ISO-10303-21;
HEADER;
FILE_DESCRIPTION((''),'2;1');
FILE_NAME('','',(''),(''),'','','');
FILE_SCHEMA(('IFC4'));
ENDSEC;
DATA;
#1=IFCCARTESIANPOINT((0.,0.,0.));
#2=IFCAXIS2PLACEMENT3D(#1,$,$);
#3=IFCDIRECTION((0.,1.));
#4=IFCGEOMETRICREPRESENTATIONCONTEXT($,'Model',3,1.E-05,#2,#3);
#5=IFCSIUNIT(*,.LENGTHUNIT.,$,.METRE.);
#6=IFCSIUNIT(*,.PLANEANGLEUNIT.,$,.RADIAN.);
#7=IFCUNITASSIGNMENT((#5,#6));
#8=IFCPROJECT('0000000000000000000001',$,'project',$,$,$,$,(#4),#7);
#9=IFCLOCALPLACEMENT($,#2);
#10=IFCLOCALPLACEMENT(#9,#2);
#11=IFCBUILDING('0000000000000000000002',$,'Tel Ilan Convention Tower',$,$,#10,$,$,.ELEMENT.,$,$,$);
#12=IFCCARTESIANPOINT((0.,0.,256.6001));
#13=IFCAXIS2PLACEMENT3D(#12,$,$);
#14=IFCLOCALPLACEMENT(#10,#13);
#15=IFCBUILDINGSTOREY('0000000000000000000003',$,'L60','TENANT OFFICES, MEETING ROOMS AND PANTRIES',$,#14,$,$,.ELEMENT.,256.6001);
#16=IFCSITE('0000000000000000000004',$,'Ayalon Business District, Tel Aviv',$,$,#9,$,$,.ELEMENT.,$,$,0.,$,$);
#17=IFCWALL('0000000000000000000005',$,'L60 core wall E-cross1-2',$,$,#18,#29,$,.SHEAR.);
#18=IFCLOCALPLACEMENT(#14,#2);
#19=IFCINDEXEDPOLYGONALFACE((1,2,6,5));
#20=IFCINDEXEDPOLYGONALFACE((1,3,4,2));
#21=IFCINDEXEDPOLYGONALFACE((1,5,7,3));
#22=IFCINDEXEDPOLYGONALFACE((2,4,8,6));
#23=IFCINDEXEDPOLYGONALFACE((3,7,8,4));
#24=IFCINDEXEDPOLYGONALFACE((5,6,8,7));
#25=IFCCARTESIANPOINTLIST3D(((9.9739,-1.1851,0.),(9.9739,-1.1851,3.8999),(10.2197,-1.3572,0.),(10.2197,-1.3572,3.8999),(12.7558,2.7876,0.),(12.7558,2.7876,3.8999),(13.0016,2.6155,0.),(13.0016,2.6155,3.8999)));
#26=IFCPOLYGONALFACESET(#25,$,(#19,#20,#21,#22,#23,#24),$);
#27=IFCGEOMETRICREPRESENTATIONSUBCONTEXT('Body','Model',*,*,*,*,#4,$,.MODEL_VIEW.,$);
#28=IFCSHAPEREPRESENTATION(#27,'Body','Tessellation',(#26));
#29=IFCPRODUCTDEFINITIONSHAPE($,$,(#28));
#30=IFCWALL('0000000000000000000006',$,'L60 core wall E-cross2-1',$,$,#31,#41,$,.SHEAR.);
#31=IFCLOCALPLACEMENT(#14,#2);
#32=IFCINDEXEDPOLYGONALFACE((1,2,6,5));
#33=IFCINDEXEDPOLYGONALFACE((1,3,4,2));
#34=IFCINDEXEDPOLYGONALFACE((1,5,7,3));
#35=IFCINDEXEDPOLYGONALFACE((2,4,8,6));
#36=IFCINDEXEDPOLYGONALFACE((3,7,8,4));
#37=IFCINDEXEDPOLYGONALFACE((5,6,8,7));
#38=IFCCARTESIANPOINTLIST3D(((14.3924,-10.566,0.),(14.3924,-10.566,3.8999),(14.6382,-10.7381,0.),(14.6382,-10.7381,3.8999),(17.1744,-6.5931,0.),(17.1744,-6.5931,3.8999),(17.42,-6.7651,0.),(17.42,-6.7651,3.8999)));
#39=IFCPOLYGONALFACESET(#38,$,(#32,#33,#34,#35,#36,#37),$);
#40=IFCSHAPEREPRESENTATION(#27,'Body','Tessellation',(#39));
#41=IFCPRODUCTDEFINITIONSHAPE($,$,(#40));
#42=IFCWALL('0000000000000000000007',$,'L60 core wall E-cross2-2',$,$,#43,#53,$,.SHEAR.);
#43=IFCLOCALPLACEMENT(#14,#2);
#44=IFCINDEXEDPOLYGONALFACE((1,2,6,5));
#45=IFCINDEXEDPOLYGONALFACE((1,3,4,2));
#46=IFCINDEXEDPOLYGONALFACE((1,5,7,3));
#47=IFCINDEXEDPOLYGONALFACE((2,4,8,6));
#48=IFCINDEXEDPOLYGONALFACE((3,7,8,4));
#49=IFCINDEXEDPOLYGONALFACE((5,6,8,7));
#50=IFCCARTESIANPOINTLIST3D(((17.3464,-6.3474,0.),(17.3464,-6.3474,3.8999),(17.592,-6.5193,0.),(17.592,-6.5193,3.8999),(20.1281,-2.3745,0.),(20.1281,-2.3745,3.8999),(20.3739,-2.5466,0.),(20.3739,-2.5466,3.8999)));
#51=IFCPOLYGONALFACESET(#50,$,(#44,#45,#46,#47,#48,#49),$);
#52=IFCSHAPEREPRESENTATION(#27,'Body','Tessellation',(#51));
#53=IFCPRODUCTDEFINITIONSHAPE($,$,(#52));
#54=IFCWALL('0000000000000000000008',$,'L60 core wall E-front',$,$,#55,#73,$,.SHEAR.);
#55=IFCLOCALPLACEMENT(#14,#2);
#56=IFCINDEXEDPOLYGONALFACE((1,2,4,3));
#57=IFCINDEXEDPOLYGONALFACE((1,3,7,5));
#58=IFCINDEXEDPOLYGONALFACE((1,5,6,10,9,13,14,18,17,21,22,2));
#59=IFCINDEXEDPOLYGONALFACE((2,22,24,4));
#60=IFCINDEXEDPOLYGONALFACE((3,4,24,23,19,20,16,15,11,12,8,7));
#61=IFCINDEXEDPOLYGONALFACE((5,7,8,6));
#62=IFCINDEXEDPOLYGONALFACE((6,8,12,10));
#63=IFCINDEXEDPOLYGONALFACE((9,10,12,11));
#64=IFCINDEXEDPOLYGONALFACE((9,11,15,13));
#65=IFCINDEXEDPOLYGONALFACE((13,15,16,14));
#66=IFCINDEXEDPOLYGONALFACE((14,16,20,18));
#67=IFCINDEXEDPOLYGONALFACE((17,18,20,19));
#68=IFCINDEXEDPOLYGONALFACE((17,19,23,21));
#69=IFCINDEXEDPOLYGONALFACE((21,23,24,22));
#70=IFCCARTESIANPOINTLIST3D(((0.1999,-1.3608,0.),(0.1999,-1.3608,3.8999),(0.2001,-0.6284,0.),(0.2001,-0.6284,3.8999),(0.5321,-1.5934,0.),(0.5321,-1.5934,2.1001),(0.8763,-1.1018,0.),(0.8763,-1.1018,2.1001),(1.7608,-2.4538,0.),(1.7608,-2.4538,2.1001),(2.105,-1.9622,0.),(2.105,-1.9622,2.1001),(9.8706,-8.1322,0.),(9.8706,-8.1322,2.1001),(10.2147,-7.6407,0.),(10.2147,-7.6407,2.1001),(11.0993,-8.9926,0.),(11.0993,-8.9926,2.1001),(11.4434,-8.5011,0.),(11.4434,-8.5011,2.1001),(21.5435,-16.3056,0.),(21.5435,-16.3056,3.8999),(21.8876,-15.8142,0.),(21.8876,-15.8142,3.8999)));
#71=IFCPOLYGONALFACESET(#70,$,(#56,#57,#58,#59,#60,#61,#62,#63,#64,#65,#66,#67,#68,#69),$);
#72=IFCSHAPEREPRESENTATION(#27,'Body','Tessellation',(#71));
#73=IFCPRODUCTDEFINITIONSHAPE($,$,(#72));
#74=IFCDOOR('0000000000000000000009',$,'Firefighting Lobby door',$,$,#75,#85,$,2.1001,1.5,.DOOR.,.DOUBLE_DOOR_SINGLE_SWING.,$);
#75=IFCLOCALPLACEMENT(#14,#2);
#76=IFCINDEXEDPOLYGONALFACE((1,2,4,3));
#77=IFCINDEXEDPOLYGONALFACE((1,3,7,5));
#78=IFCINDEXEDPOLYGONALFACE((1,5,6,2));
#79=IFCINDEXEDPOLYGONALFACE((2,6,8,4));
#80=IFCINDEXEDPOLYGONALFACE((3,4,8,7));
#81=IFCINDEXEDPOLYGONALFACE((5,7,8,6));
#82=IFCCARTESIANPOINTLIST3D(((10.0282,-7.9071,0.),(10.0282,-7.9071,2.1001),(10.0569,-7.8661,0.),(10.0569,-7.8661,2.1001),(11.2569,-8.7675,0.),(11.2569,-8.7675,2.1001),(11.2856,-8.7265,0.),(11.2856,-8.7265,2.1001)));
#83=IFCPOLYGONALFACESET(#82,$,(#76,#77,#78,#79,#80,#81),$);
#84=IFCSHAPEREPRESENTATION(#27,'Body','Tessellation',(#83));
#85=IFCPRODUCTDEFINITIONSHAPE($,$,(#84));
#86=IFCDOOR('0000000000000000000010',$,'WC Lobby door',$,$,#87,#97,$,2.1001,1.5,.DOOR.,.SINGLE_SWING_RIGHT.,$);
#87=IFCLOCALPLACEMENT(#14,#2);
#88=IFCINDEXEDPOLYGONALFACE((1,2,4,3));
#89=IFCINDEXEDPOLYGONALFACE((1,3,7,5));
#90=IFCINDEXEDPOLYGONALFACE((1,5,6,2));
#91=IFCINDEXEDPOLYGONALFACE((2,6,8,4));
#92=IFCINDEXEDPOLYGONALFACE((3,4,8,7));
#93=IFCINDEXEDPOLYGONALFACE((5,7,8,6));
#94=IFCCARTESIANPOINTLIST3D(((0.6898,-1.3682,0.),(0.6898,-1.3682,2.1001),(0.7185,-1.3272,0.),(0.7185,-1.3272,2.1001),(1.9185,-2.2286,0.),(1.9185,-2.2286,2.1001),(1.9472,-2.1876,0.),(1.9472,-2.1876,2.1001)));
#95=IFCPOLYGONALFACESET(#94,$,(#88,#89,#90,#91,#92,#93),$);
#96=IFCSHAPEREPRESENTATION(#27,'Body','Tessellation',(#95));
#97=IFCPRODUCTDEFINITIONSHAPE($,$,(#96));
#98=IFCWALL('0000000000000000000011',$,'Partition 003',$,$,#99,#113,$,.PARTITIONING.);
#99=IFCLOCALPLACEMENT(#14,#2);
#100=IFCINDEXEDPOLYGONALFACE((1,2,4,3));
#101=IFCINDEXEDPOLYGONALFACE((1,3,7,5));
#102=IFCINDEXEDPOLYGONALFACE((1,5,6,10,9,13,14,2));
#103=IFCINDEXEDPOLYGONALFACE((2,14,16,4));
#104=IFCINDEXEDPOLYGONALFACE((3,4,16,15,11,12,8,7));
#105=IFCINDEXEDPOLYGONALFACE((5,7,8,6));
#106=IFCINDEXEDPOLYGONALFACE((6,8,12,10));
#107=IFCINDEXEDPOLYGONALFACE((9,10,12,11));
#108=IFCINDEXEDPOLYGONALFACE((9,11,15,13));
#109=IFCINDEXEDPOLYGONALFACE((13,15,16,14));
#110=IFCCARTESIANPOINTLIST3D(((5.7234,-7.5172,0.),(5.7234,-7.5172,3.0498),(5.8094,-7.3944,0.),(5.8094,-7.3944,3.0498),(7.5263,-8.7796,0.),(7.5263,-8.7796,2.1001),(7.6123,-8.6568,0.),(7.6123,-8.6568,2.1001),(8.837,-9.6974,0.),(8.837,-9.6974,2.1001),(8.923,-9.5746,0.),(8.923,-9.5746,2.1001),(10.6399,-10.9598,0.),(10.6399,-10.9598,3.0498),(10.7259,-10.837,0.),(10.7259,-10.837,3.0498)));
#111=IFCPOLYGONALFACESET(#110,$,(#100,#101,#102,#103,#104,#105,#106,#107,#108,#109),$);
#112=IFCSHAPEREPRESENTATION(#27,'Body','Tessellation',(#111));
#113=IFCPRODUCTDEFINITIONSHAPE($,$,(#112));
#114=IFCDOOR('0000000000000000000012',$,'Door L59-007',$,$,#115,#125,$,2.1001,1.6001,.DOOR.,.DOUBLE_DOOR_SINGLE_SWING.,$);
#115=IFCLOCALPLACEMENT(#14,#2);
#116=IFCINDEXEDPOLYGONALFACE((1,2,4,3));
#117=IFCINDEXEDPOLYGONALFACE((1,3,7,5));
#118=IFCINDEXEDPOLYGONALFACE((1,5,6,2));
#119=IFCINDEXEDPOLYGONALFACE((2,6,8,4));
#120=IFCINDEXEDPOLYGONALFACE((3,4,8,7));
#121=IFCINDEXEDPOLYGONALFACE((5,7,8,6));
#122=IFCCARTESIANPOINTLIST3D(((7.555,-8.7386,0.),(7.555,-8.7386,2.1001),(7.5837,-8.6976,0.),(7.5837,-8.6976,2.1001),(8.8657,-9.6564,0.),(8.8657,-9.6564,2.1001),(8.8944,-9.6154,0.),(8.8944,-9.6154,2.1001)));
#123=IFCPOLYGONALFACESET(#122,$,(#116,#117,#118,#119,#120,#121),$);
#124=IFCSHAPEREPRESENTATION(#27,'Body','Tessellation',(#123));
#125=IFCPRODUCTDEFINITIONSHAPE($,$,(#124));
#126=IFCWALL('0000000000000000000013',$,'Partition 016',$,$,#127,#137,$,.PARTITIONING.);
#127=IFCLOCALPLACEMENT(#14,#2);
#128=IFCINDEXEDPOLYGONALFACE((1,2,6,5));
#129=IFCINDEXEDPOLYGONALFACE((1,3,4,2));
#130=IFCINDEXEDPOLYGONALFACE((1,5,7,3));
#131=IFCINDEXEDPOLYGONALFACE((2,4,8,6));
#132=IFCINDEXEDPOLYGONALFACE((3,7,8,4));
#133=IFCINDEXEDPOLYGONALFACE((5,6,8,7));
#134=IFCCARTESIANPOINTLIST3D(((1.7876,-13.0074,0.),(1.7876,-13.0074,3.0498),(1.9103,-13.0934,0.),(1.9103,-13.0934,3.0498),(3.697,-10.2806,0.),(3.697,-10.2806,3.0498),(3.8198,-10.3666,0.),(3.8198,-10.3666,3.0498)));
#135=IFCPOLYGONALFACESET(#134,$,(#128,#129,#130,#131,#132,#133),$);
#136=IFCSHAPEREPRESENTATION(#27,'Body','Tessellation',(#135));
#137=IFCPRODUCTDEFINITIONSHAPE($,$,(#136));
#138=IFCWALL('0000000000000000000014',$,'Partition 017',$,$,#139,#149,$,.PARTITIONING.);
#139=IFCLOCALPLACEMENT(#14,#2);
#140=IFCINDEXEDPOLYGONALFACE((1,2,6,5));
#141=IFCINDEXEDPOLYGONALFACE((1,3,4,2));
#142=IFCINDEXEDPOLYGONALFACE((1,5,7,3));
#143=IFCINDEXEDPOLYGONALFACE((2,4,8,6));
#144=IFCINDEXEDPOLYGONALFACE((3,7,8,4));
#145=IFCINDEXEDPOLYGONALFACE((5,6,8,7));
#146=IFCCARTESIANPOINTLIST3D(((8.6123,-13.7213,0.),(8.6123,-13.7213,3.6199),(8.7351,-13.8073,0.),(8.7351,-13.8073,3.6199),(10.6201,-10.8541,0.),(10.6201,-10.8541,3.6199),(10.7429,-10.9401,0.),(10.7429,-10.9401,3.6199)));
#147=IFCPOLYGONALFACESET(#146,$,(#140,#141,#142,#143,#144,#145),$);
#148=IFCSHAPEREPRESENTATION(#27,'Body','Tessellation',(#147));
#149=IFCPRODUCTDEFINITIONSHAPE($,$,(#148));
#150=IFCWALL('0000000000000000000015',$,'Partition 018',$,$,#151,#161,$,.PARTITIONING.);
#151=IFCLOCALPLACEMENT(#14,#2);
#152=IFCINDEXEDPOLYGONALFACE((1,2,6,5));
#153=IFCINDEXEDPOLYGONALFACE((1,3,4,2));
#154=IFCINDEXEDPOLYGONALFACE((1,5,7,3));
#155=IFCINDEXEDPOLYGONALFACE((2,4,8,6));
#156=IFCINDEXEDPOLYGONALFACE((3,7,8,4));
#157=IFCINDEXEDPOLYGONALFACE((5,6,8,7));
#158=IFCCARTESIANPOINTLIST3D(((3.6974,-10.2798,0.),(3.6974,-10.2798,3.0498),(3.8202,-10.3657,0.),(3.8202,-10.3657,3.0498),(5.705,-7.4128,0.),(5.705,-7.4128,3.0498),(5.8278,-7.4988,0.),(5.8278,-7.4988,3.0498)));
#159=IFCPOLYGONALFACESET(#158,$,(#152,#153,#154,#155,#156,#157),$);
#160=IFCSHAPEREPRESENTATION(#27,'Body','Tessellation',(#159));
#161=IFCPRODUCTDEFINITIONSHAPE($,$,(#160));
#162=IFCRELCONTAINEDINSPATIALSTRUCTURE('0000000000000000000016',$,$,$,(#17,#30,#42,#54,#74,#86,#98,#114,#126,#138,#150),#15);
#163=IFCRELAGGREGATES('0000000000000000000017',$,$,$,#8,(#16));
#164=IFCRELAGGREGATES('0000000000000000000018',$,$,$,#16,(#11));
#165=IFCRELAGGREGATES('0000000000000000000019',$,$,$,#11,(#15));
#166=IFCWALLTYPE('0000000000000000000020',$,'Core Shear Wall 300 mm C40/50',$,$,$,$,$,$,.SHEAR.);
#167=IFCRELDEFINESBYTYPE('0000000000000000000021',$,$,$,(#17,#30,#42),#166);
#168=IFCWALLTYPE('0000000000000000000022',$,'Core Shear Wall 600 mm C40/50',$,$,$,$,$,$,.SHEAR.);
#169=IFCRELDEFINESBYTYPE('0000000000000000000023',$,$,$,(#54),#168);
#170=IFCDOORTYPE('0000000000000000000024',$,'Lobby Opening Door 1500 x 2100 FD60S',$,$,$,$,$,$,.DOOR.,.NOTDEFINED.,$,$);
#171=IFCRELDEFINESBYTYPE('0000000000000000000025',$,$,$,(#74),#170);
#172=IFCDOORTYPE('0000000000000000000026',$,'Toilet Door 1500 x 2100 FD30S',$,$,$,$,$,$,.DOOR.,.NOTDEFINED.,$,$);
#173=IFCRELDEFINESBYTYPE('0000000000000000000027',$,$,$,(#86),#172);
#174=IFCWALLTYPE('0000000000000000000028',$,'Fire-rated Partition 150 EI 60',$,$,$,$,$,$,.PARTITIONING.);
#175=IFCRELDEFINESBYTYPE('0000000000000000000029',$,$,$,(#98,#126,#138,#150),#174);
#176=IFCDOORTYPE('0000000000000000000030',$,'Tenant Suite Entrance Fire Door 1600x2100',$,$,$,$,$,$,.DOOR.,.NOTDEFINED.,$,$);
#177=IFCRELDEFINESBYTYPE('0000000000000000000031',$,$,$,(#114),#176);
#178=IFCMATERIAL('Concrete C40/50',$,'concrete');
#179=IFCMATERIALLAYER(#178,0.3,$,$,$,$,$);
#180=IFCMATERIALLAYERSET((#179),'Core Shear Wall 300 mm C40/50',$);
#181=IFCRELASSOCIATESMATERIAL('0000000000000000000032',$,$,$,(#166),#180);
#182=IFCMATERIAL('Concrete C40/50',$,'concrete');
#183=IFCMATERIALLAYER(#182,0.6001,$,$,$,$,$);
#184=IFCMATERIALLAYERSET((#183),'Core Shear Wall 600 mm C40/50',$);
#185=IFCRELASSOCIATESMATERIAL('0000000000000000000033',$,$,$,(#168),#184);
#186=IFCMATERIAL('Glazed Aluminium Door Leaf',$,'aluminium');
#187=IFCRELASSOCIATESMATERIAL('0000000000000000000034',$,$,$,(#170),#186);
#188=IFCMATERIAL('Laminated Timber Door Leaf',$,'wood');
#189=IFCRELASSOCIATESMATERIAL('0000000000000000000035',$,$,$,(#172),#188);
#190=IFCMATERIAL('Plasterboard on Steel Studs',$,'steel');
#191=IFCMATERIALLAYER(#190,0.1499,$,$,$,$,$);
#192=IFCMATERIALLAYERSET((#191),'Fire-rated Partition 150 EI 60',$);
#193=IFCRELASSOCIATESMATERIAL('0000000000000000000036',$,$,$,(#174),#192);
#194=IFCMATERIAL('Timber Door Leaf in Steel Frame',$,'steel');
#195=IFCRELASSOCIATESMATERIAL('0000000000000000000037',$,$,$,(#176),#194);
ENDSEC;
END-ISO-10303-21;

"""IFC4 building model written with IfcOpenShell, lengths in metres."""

from ifc_helpers import new_model, si_unit, direction, frame, frame_2d, origin, place, context, subcontext, project, spatial, polyline, rectangle, outline, extrude, material, layer, layer_set, type_object, element, fill, save


model = new_model("IFC4")

# Units and contexts
model_context = context("Model", 3, precision=1e-05, world=origin(), true_north=direction((0.0, 1.0)))
body_context = subcontext(model_context, "Body", "Model", "MODEL_VIEW")
ifc_project = project(units=[si_unit("LENGTHUNIT", "METRE"), si_unit("PLANEANGLEUNIT", "RADIAN")], contexts=[model_context])

# Site, building, storey
site_placement = place(None, origin())
site = spatial("IfcSite", under=ifc_project, at=site_placement, Name="Ayalon Business District, Tel Aviv", CompositionType="ELEMENT", RefElevation=0.0)
building_placement = place(site_placement, origin())
building = spatial("IfcBuilding", under=site, at=building_placement, Name="Tel Ilan Convention Tower", CompositionType="ELEMENT")
storey_placement = place(building_placement, frame((0.0, 0.0, 256.6001)))
storey = spatial("IfcBuildingStorey", under=building, at=storey_placement, Name="L60", Description="TENANT OFFICES, MEETING ROOMS AND PANTRIES", CompositionType="ELEMENT", Elevation=256.6001)

# Walls
ifc_material_1 = material(Name="Concrete C40/50", Category="concrete")
ifc_layer_1 = layer(ifc_material_1, 0.3)
ifc_layer_set_1 = layer_set([ifc_layer_1], Name="Core Shear Wall 300 mm C40/50")
wall_type_1 = type_object("IfcWallType", Name="Core Shear Wall 300 mm C40/50", PredefinedType="SHEAR", material=ifc_layer_set_1)
wall_1_placement = place(storey_placement, frame((10.0969, -1.2712, 0.0), z_axis=(0.0, 0.0, 1.0), x_axis=(0.57356, 0.819163, 0.0)))
element("IfcWall", 1, at=wall_1_placement, inside=storey, type_object=wall_type_1, Name="L60 core wall E-cross1-2", PredefinedType="SHEAR", context=body_context, shape_type="SweptSolid", body=[
    extrude(outline(polyline([(4.8499, -0.1501), (4.8499, 0.1499), (0.0, 0.1501), (0.0, -0.1499), (4.8499, -0.1501)])), origin(), (0.0, 0.0, 1.0), 3.8999),
])
wall_2_placement = place(storey_placement, frame((14.5154, -10.6521, 0.0), z_axis=(0.0, 0.0, 1.0), x_axis=(0.57356, 0.819163, 0.0)))
element("IfcWall", 2, at=wall_2_placement, inside=storey, type_object=wall_type_1, Name="L60 core wall E-cross2-1", PredefinedType="SHEAR", context=body_context, shape_type="SweptSolid", body=[
    extrude(outline(polyline([(0.0, 0.1501), (0.0, -0.1499), (4.8501, -0.1499), (4.8501, 0.1499), (0.0, 0.1501)])), origin(), (0.0, 0.0, 1.0), 3.8999),
])
wall_3_placement = place(storey_placement, frame((17.4692, -6.4333, 0.0), z_axis=(0.0, 0.0, 1.0), x_axis=(0.573594, 0.81914, 0.0)))
element("IfcWall", 3, at=wall_3_placement, inside=storey, type_object=wall_type_1, Name="L60 core wall E-cross2-2", PredefinedType="SHEAR", context=body_context, shape_type="SweptSolid", body=[
    extrude(outline(polyline([(4.8499, -0.1499), (4.8499, 0.1501), (0.0, 0.1499), (0.0, -0.1499), (4.8499, -0.1499)])), origin(), (0.0, 0.0, 1.0), 3.8999),
])

# Wall, openings, doors
ifc_material_2 = material(Name="Concrete C40/50", Category="concrete")
ifc_layer_2 = layer(ifc_material_2, 0.6001)
ifc_layer_set_2 = layer_set([ifc_layer_2], Name="Core Shear Wall 600 mm C40/50")
wall_type_2 = type_object("IfcWallType", Name="Core Shear Wall 600 mm C40/50", PredefinedType="SHEAR", material=ifc_layer_set_2)
wall_4_placement = place(storey_placement, frame((0.0278, -0.874, 0.0), z_axis=(0.0, 0.0, 1.0), x_axis=(0.81915, -0.573579, 0.0)))
wall_4 = element("IfcWall", 4, at=wall_4_placement, inside=storey, type_object=wall_type_2, Name="L60 core wall E-front", PredefinedType="SHEAR", context=body_context, shape_type="SweptSolid", body=[
    extrude(outline(polyline([(26.4758, 0.3), (0.0002, 0.3), (0.4202, -0.3), (26.4758, -0.2998), (26.4758, 0.3)])), origin(), (0.0, 0.0, 1.0), 3.8999),
])
opening_1_placement = place(wall_4_placement, frame((0.8257, 0.0, 0.0)))
opening_1 = element("IfcOpeningElement", 5, at=opening_1_placement, cuts=wall_4, PredefinedType="OPENING", context=body_context, shape_type="SweptSolid", body=[
    extrude(rectangle(XDim=1.5, YDim=2.1001, at=frame_2d((0.75, 1.05))), frame((0.0, 0.3101, 0.0), z_axis=(0.0, -1.0, 0.0), x_axis=(1.0, 0.0, 0.0)), (0.0, 0.0, 1.0), 0.6201),
])
opening_2_placement = place(wall_4_placement, frame((12.2258, 0.0, 0.0)))
opening_2 = element("IfcOpeningElement", 6, at=opening_2_placement, cuts=wall_4, PredefinedType="OPENING", context=body_context, shape_type="SweptSolid", body=[
    extrude(rectangle(XDim=1.5, YDim=2.1001, at=frame_2d((0.75, 1.05))), frame((0.0, 0.3101, 0.0), z_axis=(0.0, -1.0, 0.0), x_axis=(1.0, 0.0, 0.0)), (0.0, 0.0, 1.0), 0.6201),
])
ifc_material_3 = material(Name="Glazed Aluminium Door Leaf", Category="aluminium")
door_type_1 = type_object("IfcDoorType", Name="Lobby Opening Door 1500 x 2100 FD60S", OperationType="NOTDEFINED", PredefinedType="DOOR", material=ifc_material_3)
door_1_placement = place(opening_2_placement, origin())
door_1 = element("IfcDoor", 7, at=door_1_placement, inside=storey, type_object=door_type_1, Name="Firefighting Lobby door", OperationType="DOUBLE_DOOR_SINGLE_SWING", OverallHeight=2.1001, OverallWidth=1.5, PredefinedType="DOOR", context=body_context, shape_type="SweptSolid", body=[
    extrude(rectangle(XDim=1.5, YDim=2.1001, at=frame_2d((0.75, 1.05))), frame((0.0, 0.0249, 0.0), z_axis=(0.0, -1.0, 0.0), x_axis=(1.0, 0.0, 0.0)), (0.0, 0.0, 1.0), 0.05),
])
fill(opening_2, door_1)
ifc_material_4 = material(Name="Laminated Timber Door Leaf", Category="wood")
door_type_2 = type_object("IfcDoorType", Name="Toilet Door 1500 x 2100 FD30S", OperationType="NOTDEFINED", PredefinedType="DOOR", material=ifc_material_4)
door_2_placement = place(opening_1_placement, origin())
door_2 = element("IfcDoor", 8, at=door_2_placement, inside=storey, type_object=door_type_2, Name="WC Lobby door", OperationType="SINGLE_SWING_RIGHT", OverallHeight=2.1001, OverallWidth=1.5, PredefinedType="DOOR", context=body_context, shape_type="SweptSolid", body=[
    extrude(rectangle(XDim=1.5, YDim=2.1001, at=frame_2d((0.75, 1.05))), frame((0.0, 0.0249, 0.0), z_axis=(0.0, -1.0, 0.0), x_axis=(1.0, 0.0, 0.0)), (0.0, 0.0, 1.0), 0.05),
])
fill(opening_1, door_2)

# Wall, opening, door
ifc_material_5 = material(Name="Plasterboard on Steel Studs", Category="steel")
ifc_layer_3 = layer(ifc_material_5, 0.1499)
ifc_layer_set_3 = layer_set([ifc_layer_3], Name="Fire-rated Partition 150 EI 60")
wall_type_3 = type_object("IfcWallType", Name="Fire-rated Partition 150 EI 60", PredefinedType="PARTITIONING", material=ifc_layer_set_3)
wall_5_placement = place(storey_placement, frame((10.6829, -10.8984, 0.0), z_axis=(0.0, 0.0, 1.0), x_axis=(-0.819148, 0.573582, 0.0)))
wall_5 = element("IfcWall", 9, at=wall_5_placement, inside=storey, type_object=wall_type_3, Name="Partition 003", PredefinedType="PARTITIONING", context=body_context, shape_type="SweptSolid", body=[
    extrude(rectangle(XDim=6.002, YDim=0.1499, at=frame_2d((3.001, 0.0))), origin(), (0.0, 0.0, 1.0), 3.0498),
])
opening_3_placement = place(wall_5_placement, frame((2.2009, 0.0, 0.0)))
opening_3 = element("IfcOpeningElement", 10, at=opening_3_placement, cuts=wall_5, PredefinedType="OPENING", context=body_context, shape_type="SweptSolid", body=[
    extrude(rectangle(XDim=1.6001, YDim=2.1001, at=frame_2d((0.8, 1.05))), frame((0.0, 0.085, 0.0), z_axis=(0.0, -1.0, 0.0), x_axis=(1.0, 0.0, 0.0)), (0.0, 0.0, 1.0), 0.1699),
])
ifc_material_6 = material(Name="Timber Door Leaf in Steel Frame", Category="steel")
door_type_3 = type_object("IfcDoorType", Name="Tenant Suite Entrance Fire Door 1600x2100", OperationType="NOTDEFINED", PredefinedType="DOOR", material=ifc_material_6)
door_3_placement = place(opening_3_placement, origin())
door_3 = element("IfcDoor", 11, at=door_3_placement, inside=storey, type_object=door_type_3, Name="Door L59-007", OperationType="DOUBLE_DOOR_SINGLE_SWING", OverallHeight=2.1001, OverallWidth=1.6001, PredefinedType="DOOR", context=body_context, shape_type="SweptSolid", body=[
    extrude(rectangle(XDim=1.6001, YDim=2.1001, at=frame_2d((0.8, 1.05))), frame((0.0, 0.0249, 0.0), z_axis=(0.0, -1.0, 0.0), x_axis=(1.0, 0.0, 0.0)), (0.0, 0.0, 1.0), 0.05),
])
fill(opening_3, door_3)

# Walls
wall_6_placement = place(storey_placement, frame((1.8489, -13.0505, 0.0), z_axis=(0.0, 0.0, 1.0), x_axis=(0.573595, 0.819139, 0.0)))
element("IfcWall", 12, at=wall_6_placement, inside=storey, type_object=wall_type_3, Name="Partition 016", PredefinedType="PARTITIONING", context=body_context, shape_type="SweptSolid", body=[
    extrude(rectangle(XDim=3.3289, YDim=0.1499, at=frame_2d((1.6646, 0.0))), origin(), (0.0, 0.0, 1.0), 3.0498),
])
wall_7_placement = place(storey_placement, frame((10.6814, -10.8972, 0.0), z_axis=(0.0, 0.0, 1.0), x_axis=(-0.573612, -0.819127, 0.0)))
element("IfcWall", 13, at=wall_7_placement, inside=storey, type_object=wall_type_3, Name="Partition 017", PredefinedType="PARTITIONING", context=body_context, shape_type="SweptSolid", body=[
    extrude(rectangle(XDim=3.5002, YDim=0.1499, at=frame_2d((1.75, 0.0))), origin(), (0.0, 0.0, 1.0), 3.6199),
])
wall_8_placement = place(storey_placement, frame((3.7588, -10.3228, 0.0), z_axis=(0.0, 0.0, 1.0), x_axis=(0.573598, 0.819137, 0.0)))
element("IfcWall", 14, at=wall_8_placement, inside=storey, type_object=wall_type_3, Name="Partition 018", PredefinedType="PARTITIONING", context=body_context, shape_type="SweptSolid", body=[
    extrude(rectangle(XDim=3.5, YDim=0.1499, at=frame_2d((1.75, 0.0))), origin(), (0.0, 0.0, 1.0), 3.0498),
])

save(model, "model.ifc")
